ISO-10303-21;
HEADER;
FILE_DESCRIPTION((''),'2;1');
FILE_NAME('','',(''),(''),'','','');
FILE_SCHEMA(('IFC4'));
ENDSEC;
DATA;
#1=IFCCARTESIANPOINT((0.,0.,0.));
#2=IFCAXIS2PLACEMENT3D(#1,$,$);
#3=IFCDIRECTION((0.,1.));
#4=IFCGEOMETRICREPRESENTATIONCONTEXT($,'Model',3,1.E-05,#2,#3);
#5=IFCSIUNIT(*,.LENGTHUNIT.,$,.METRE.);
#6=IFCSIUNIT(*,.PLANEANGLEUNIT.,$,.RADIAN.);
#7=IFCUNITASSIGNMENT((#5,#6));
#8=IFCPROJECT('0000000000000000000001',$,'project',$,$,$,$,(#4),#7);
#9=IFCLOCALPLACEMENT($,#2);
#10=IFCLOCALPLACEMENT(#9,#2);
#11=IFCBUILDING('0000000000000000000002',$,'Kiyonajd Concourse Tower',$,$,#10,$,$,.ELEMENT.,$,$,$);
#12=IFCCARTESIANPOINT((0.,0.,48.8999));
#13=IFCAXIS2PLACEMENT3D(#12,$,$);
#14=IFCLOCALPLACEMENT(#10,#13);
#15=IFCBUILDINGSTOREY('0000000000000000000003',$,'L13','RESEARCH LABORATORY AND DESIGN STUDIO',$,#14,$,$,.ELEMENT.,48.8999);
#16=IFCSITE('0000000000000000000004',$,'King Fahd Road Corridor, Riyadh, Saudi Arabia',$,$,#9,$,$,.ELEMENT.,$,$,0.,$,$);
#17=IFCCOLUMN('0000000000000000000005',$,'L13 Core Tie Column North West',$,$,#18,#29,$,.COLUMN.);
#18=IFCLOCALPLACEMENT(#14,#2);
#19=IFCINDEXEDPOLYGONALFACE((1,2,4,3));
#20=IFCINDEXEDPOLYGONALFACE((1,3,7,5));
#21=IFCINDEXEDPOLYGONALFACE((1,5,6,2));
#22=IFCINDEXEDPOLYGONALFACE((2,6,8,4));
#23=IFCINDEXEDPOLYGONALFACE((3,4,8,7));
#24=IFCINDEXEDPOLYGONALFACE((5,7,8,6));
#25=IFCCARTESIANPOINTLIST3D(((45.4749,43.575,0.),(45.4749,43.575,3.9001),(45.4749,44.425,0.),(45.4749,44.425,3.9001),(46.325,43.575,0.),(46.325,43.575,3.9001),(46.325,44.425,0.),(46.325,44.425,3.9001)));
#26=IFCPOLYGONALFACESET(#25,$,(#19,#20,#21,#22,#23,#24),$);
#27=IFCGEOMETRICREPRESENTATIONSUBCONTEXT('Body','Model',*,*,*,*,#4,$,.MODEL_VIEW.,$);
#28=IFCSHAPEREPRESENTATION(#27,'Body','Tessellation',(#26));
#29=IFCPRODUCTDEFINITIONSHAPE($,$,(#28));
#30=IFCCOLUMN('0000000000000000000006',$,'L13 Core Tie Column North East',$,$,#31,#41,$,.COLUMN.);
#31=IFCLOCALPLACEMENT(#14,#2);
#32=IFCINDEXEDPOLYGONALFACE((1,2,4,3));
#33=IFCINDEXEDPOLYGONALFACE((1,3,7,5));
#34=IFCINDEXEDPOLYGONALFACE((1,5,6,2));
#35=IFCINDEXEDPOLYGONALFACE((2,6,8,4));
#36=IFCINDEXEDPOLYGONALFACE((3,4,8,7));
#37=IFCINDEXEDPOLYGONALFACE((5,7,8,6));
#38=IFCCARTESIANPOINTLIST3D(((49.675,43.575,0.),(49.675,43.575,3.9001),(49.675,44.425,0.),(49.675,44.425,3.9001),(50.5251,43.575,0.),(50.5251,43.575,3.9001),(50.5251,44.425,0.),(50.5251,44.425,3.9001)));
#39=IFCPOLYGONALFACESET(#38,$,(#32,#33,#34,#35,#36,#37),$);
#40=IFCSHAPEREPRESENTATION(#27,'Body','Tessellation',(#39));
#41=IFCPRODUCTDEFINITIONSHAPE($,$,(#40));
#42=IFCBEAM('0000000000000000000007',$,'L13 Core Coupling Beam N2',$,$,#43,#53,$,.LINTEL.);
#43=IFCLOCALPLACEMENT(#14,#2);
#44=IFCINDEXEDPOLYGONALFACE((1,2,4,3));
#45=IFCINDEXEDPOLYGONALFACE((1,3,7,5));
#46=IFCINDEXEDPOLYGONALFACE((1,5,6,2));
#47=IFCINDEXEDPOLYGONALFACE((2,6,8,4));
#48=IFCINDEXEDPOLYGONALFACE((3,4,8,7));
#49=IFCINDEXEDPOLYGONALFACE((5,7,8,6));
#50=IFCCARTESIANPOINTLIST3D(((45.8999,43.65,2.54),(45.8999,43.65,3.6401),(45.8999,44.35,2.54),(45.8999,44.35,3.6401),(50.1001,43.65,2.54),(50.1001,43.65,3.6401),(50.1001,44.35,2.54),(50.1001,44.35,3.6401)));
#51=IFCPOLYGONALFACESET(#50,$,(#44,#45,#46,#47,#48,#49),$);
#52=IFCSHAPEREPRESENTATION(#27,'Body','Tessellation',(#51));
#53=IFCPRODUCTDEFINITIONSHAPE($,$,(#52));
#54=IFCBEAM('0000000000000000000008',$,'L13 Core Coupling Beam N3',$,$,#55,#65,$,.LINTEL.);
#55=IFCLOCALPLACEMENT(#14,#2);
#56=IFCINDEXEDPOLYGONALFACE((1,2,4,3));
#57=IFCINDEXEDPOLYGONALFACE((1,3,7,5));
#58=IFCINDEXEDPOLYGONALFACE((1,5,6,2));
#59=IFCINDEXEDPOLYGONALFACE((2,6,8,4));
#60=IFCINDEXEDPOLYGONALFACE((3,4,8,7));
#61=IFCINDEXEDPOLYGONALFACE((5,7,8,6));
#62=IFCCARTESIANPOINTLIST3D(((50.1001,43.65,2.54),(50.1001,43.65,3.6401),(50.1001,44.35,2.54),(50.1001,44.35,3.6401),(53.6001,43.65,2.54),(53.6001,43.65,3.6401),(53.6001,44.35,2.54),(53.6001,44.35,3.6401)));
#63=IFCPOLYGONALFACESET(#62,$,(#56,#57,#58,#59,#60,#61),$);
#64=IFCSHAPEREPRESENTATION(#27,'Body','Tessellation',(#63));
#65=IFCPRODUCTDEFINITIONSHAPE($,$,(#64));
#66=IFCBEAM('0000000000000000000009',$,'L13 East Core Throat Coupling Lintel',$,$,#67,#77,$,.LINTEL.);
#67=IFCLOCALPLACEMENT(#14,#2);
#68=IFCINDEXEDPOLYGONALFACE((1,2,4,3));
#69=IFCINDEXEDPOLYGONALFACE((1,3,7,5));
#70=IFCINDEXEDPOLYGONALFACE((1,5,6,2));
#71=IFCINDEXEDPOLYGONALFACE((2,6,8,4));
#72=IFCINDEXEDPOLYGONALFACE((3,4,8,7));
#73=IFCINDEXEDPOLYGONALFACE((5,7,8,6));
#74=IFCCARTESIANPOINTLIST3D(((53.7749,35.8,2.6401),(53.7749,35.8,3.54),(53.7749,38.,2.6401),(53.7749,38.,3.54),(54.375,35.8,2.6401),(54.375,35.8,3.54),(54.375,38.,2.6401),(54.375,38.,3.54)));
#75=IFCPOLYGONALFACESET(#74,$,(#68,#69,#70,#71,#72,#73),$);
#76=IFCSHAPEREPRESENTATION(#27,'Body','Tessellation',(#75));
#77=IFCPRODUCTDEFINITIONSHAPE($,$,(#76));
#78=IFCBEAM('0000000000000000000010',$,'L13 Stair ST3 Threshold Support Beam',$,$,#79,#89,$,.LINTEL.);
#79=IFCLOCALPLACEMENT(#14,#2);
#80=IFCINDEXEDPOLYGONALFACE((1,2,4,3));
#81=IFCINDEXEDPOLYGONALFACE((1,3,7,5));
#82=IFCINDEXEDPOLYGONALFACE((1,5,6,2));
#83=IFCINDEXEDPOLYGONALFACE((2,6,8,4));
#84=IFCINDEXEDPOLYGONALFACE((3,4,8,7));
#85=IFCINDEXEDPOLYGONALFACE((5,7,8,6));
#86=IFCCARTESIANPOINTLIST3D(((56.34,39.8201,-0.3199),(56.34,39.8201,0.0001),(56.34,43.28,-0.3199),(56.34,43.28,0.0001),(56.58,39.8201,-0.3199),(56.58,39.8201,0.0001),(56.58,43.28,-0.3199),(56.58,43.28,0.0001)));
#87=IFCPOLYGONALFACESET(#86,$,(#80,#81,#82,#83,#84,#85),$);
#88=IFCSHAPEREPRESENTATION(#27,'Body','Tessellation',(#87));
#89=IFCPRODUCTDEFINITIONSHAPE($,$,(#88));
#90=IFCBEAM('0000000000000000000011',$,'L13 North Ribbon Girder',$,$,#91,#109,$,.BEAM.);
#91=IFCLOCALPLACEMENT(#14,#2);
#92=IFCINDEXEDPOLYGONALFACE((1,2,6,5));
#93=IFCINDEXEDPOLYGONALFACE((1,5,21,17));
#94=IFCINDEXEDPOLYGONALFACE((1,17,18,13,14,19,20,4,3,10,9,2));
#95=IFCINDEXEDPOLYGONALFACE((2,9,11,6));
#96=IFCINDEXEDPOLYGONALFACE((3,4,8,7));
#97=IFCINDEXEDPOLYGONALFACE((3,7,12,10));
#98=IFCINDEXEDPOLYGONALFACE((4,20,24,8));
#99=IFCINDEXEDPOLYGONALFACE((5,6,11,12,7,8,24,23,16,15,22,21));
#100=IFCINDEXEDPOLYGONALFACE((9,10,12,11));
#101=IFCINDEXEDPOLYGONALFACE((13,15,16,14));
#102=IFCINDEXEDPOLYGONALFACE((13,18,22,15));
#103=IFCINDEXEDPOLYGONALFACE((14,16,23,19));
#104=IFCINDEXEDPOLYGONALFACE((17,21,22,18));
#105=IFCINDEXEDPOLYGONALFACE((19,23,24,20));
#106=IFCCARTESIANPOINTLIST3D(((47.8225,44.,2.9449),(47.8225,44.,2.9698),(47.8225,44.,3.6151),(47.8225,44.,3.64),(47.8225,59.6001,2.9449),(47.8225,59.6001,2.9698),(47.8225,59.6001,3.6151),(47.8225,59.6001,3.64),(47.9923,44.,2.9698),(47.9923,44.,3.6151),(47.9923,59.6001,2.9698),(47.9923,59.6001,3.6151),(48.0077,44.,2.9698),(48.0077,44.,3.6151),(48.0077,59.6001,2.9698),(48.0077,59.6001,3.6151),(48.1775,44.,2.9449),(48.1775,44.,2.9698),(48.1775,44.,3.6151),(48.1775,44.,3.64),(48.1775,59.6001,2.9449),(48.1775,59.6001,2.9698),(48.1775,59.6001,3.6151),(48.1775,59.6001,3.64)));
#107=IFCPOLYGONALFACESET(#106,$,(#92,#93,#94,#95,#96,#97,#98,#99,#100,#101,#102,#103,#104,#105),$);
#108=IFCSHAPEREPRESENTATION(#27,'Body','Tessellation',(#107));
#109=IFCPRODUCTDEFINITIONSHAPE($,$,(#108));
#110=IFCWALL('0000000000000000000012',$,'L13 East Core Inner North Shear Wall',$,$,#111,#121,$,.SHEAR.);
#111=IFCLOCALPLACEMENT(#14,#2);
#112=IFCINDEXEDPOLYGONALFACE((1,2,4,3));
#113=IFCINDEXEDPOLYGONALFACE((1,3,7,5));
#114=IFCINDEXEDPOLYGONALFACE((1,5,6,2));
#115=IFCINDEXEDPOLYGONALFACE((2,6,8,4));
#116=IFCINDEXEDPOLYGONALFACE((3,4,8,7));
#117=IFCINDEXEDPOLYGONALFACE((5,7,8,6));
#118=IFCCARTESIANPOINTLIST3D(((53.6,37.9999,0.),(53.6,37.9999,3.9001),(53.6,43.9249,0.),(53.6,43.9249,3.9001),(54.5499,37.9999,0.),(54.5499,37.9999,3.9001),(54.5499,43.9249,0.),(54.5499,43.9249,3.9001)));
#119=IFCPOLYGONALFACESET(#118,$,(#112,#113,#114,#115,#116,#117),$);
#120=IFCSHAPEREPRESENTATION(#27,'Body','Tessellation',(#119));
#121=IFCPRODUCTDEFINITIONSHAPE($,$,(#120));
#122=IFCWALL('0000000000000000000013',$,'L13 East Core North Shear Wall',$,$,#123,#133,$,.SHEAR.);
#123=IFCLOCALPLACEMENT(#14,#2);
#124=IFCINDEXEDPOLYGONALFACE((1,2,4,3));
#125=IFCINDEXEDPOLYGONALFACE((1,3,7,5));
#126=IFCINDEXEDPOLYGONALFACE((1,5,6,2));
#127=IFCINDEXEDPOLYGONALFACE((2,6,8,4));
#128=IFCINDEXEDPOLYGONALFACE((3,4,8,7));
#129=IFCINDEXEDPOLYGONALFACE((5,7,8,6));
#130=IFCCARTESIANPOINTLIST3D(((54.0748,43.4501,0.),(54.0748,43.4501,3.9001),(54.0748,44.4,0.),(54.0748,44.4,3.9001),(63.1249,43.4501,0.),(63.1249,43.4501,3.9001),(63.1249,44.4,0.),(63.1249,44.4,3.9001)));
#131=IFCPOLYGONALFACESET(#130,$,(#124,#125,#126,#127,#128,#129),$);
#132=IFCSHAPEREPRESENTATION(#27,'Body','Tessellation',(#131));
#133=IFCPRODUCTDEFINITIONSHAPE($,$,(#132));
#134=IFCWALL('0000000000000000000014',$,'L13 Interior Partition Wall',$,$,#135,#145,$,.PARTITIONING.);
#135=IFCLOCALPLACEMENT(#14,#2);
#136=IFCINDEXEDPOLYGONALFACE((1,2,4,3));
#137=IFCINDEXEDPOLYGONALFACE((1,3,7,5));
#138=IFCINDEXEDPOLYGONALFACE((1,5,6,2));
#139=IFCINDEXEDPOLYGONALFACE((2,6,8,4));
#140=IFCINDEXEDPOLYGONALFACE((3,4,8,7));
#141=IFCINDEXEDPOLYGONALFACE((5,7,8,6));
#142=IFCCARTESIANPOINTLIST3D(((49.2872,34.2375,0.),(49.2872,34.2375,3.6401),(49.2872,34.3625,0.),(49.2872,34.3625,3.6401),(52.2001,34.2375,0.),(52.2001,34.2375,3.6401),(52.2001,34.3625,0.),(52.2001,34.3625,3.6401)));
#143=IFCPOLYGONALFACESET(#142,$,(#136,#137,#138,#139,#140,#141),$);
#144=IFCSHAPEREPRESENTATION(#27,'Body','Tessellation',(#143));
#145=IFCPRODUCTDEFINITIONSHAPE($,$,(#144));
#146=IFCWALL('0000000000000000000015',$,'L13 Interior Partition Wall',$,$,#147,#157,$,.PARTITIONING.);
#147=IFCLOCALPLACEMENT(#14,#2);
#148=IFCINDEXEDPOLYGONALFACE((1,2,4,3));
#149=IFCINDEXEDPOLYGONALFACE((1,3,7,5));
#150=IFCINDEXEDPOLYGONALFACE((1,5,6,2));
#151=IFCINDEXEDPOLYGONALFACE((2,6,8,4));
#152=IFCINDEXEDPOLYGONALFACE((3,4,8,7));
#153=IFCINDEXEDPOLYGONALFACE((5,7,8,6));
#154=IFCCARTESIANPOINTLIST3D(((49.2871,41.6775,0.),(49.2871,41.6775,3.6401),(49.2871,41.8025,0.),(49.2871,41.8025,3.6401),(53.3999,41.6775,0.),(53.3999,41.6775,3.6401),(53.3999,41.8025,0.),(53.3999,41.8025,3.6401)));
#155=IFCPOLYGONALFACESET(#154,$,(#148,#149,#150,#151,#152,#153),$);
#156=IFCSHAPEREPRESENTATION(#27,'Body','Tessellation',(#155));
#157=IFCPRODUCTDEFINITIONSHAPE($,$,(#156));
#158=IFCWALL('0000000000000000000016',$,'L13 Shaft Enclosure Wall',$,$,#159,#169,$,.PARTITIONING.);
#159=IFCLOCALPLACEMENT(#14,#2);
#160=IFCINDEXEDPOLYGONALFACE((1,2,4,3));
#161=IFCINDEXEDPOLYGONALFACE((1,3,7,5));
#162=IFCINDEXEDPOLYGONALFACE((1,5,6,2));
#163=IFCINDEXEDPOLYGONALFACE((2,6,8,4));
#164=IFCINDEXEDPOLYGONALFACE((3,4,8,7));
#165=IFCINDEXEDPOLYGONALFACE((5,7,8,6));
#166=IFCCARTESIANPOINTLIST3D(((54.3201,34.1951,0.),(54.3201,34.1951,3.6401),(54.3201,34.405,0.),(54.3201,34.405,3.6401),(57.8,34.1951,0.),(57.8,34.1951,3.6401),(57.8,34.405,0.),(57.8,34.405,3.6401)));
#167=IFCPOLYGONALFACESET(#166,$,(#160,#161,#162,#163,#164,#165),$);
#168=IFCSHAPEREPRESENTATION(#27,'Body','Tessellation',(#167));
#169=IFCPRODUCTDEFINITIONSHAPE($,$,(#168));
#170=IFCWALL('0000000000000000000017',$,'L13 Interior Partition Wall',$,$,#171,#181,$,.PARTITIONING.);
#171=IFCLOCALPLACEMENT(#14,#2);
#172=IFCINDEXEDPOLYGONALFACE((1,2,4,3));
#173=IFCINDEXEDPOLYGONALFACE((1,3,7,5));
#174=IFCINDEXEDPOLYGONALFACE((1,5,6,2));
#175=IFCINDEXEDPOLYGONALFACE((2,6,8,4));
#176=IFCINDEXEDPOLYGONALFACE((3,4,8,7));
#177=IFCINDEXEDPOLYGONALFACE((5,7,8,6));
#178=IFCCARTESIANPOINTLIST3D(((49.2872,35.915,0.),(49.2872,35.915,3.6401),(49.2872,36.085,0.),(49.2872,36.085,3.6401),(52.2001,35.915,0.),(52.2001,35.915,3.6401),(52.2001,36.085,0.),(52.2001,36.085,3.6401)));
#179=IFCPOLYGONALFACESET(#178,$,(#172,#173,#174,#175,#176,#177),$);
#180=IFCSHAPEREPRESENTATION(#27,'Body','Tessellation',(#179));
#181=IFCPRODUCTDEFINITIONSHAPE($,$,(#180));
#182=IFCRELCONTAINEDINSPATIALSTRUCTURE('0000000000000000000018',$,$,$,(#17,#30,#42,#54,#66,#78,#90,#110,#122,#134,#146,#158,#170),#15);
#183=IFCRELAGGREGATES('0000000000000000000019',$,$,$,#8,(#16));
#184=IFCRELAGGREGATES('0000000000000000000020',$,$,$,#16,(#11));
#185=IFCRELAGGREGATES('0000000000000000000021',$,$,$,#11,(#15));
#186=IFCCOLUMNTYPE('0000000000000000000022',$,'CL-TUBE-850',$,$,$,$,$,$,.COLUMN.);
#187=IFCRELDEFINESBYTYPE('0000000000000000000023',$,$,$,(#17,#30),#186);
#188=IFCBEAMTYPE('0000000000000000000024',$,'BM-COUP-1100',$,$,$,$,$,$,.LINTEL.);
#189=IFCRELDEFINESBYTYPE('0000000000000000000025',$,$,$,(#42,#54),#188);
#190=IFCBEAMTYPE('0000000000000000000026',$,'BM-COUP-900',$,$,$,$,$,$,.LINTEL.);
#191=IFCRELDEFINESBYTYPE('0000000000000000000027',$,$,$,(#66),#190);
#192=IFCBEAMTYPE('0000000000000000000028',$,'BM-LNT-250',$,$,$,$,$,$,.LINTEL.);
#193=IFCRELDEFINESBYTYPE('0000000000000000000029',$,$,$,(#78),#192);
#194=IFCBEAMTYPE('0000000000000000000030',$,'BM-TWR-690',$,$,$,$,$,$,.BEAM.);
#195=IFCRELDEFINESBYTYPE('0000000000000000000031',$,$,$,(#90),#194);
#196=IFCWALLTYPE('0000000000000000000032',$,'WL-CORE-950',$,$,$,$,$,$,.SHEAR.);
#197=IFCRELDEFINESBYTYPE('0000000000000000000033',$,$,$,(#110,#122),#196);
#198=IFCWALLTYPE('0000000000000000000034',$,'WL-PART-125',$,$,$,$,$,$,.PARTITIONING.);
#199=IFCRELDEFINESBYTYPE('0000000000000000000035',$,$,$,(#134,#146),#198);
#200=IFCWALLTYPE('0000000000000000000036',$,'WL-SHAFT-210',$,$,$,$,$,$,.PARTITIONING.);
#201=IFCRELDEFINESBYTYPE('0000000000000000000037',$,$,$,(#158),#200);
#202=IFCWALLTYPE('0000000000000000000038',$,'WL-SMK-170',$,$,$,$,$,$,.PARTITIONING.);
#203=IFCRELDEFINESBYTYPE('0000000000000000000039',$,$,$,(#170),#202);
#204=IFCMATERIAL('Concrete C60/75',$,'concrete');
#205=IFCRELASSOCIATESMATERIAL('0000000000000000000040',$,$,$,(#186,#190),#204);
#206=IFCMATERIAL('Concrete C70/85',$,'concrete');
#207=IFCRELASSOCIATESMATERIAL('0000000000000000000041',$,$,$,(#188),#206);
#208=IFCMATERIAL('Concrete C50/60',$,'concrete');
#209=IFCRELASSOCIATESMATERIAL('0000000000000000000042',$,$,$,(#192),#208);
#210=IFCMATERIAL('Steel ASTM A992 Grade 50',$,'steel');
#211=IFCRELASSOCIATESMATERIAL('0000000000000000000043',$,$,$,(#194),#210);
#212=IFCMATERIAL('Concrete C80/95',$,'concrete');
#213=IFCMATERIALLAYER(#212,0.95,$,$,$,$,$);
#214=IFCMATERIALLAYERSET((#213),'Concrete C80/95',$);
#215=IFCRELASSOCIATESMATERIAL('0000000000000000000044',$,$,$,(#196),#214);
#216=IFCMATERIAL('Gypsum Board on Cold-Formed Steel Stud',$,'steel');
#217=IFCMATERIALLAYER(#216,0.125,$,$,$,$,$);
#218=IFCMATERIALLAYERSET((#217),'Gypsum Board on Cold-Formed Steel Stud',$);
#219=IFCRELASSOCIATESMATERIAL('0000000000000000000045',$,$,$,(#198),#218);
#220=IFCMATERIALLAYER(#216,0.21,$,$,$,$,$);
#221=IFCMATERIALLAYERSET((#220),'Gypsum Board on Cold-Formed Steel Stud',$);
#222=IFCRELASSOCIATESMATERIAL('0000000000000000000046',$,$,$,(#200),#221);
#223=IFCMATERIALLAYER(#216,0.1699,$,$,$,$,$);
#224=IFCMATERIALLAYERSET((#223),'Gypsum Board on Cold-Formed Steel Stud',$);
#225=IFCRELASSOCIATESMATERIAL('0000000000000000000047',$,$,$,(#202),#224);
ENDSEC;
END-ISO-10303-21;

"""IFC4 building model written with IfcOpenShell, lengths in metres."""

from ifc_helpers import new_model, si_unit, direction, frame, frame_2d, origin, origin_2d, place, context, subcontext, project, spatial, rectangle, i_section, extrude, material, layer, layer_set, material_profile, profile_set, type_object, element, save


model = new_model("IFC4")

# Units and contexts
model_context = context("Model", 3, precision=1e-05, world=origin(), true_north=direction((0.0, 1.0)))
body_context = subcontext(model_context, "Body", "Model", "MODEL_VIEW")
ifc_project = project(units=[si_unit("LENGTHUNIT", "METRE"), si_unit("PLANEANGLEUNIT", "RADIAN")], contexts=[model_context])

# Site, building, storey
site_placement = place(None, origin())
site = spatial("IfcSite", under=ifc_project, at=site_placement, Name="King Fahd Road Corridor, Riyadh, Saudi Arabia", CompositionType="ELEMENT", RefElevation=0.0)
building_placement = place(site_placement, origin())
building = spatial("IfcBuilding", under=site, at=building_placement, Name="Kiyonajd Concourse Tower", CompositionType="ELEMENT")
storey_placement = place(building_placement, frame((0.0, 0.0, 48.8999)))
storey = spatial("IfcBuildingStorey", under=building, at=storey_placement, Name="L13", Description="RESEARCH LABORATORY AND DESIGN STUDIO", CompositionType="ELEMENT", Elevation=48.8999)

# Columns
ifc_material_1 = material(Name="Concrete C60/75", Category="concrete")
ifc_material_profile_1 = material_profile(ifc_material_1, rectangle(XDim=0.8501, YDim=0.8501, at=origin_2d()), Name="RC-850x850")
ifc_profile_set_1 = profile_set([ifc_material_profile_1], Name="Concrete C60/75")
column_type = type_object("IfcColumnType", Name="CL-TUBE-850", PredefinedType="COLUMN", material=ifc_profile_set_1)
for number, where, z_axis, x_axis, name in (
    (1, (45.8999, 44.0, 0.0), (0.0, 0.0, 1.0), (1.0, 0.0, 0.0), "L13 Core Tie Column North West"),
    (2, (50.1001, 44.0, 0.0), (0.0, 0.0, 1.0), (1.0, 0.0, 0.0), "L13 Core Tie Column North East"),
):
    element("IfcColumn", number, at=place(storey_placement, frame(where, z_axis=z_axis, x_axis=x_axis)), inside=storey, type_object=column_type, Name=name, PredefinedType="COLUMN", context=body_context, shape_type="SweptSolid", body=[
        extrude(rectangle(XDim=0.8501, YDim=0.8501, at=origin_2d()), origin(), (0.0, 0.0, 1.0), 3.9001),
    ])

# Beams
ifc_material_2 = material(Name="Concrete C70/85", Category="concrete")
ifc_material_profile_2 = material_profile(ifc_material_2, rectangle(XDim=0.7, YDim=1.1001, at=origin_2d()), Name="RCBM-700x1100")
ifc_profile_set_2 = profile_set([ifc_material_profile_2], Name="Concrete C70/85")
beam_type_1 = type_object("IfcBeamType", Name="BM-COUP-1100", PredefinedType="LINTEL", material=ifc_profile_set_2)
beam_1_placement = place(storey_placement, frame((45.8999, 44.0, 3.0901), z_axis=(1.0, 0.0, 0.0), x_axis=(0.0, 1.0, 0.0)))
element("IfcBeam", 3, at=beam_1_placement, inside=storey, type_object=beam_type_1, Name="L13 Core Coupling Beam N2", PredefinedType="LINTEL", context=body_context, shape_type="SweptSolid", body=[
    extrude(rectangle(XDim=0.7, YDim=1.1001, at=origin_2d()), origin(), (0.0, 0.0, 1.0), 4.2002),
])
beam_2_placement = place(storey_placement, frame((50.1001, 44.0, 3.0901), z_axis=(1.0, 0.0, 0.0), x_axis=(0.0, 1.0, 0.0)))
element("IfcBeam", 4, at=beam_2_placement, inside=storey, type_object=beam_type_1, Name="L13 Core Coupling Beam N3", PredefinedType="LINTEL", context=body_context, shape_type="SweptSolid", body=[
    extrude(rectangle(XDim=0.7, YDim=1.1001, at=origin_2d()), origin(), (0.0, 0.0, 1.0), 3.5),
])
ifc_material_profile_3 = material_profile(ifc_material_1, rectangle(XDim=0.6001, YDim=0.8999, at=origin_2d()), Name="RCBM-600x900")
ifc_profile_set_3 = profile_set([ifc_material_profile_3], Name="Concrete C60/75")
beam_type_2 = type_object("IfcBeamType", Name="BM-COUP-900", PredefinedType="LINTEL", material=ifc_profile_set_3)
beam_3_placement = place(storey_placement, frame((54.075, 35.8, 3.0901), z_axis=(0.0, 1.0, 0.0), x_axis=(-1.0, 0.0, 0.0)))
element("IfcBeam", 5, at=beam_3_placement, inside=storey, type_object=beam_type_2, Name="L13 East Core Throat Coupling Lintel", PredefinedType="LINTEL", context=body_context, shape_type="SweptSolid", body=[
    extrude(rectangle(XDim=0.6001, YDim=0.8999, at=origin_2d()), origin(), (0.0, 0.0, 1.0), 2.2),
])
ifc_material_3 = material(Name="Concrete C50/60", Category="concrete")
ifc_material_profile_4 = material_profile(ifc_material_3, rectangle(XDim=0.24, YDim=0.3201, at=origin_2d()), Name="RCBM-240x320")
ifc_profile_set_4 = profile_set([ifc_material_profile_4], Name="Concrete C50/60")
beam_type_3 = type_object("IfcBeamType", Name="BM-LNT-250", PredefinedType="LINTEL", material=ifc_profile_set_4)
beam_4_placement = place(storey_placement, frame((56.46, 39.8201, -0.1599), z_axis=(0.0, 1.0, 0.0), x_axis=(-1.0, 0.0, 0.0)))
element("IfcBeam", 6, at=beam_4_placement, inside=storey, type_object=beam_type_3, Name="L13 Stair ST3 Threshold Support Beam", PredefinedType="LINTEL", context=body_context, shape_type="SweptSolid", body=[
    extrude(rectangle(XDim=0.24, YDim=0.3201, at=origin_2d()), origin(), (0.0, 0.0, 1.0), 3.46),
])
ifc_material_4 = material(Name="Steel ASTM A992 Grade 50", Category="steel")
ifc_material_profile_5 = material_profile(ifc_material_4, i_section(OverallWidth=0.355, OverallDepth=0.6951, WebThickness=0.0154, FlangeThickness=0.0249, at=origin_2d()), Name="W690X217")
ifc_profile_set_5 = profile_set([ifc_material_profile_5], Name="Steel ASTM A992 Grade 50")
beam_type_4 = type_object("IfcBeamType", Name="BM-TWR-690", PredefinedType="BEAM", material=ifc_profile_set_5)
beam_5_placement = place(storey_placement, frame((48.0, 44.0, 3.2925), z_axis=(0.0, 1.0, 0.0), x_axis=(-1.0, 0.0, 0.0)))
element("IfcBeam", 7, at=beam_5_placement, inside=storey, type_object=beam_type_4, Name="L13 North Ribbon Girder", PredefinedType="BEAM", context=body_context, shape_type="SweptSolid", body=[
    extrude(i_section(OverallWidth=0.355, OverallDepth=0.6951, WebThickness=0.0154, FlangeThickness=0.0249, at=origin_2d()), origin(), (0.0, 0.0, 1.0), 15.6001),
])

# Walls
ifc_material_5 = material(Name="Concrete C80/95", Category="concrete")
ifc_layer_1 = layer(ifc_material_5, 0.95)
ifc_layer_set_1 = layer_set([ifc_layer_1], Name="Concrete C80/95")
wall_type_1 = type_object("IfcWallType", Name="WL-CORE-950", PredefinedType="SHEAR", material=ifc_layer_set_1)
wall_1_placement = place(storey_placement, frame((54.075, 38.0, 0.0), z_axis=(0.0, 0.0, 1.0), x_axis=(0.0, 1.0, 0.0)))
element("IfcWall", 8, at=wall_1_placement, inside=storey, type_object=wall_type_1, Name="L13 East Core Inner North Shear Wall", PredefinedType="SHEAR", context=body_context, shape_type="SweptSolid", body=[
    extrude(rectangle(XDim=5.925, YDim=0.95, at=frame_2d((2.9624, 0.0))), origin(), (0.0, 0.0, 1.0), 3.9001),
])
wall_2_placement = place(storey_placement, frame((54.075, 43.925, 0.0), z_axis=(0.0, 0.0, 1.0), x_axis=(1.0, 0.0, 0.0)))
element("IfcWall", 9, at=wall_2_placement, inside=storey, type_object=wall_type_1, Name="L13 East Core North Shear Wall", PredefinedType="SHEAR", context=body_context, shape_type="SweptSolid", body=[
    extrude(rectangle(XDim=9.05, YDim=0.95, at=frame_2d((4.5249, 0.0))), origin(), (0.0, 0.0, 1.0), 3.9001),
])
ifc_material_6 = material(Name="Gypsum Board on Cold-Formed Steel Stud", Category="steel")
ifc_layer_2 = layer(ifc_material_6, 0.125)
ifc_layer_set_2 = layer_set([ifc_layer_2], Name="Gypsum Board on Cold-Formed Steel Stud")
wall_type_2 = type_object("IfcWallType", Name="WL-PART-125", PredefinedType="PARTITIONING", material=ifc_layer_set_2)
wall_3_placement = place(storey_placement, frame((49.2871, 34.3, 0.0), z_axis=(0.0, 0.0, 1.0), x_axis=(1.0, 0.0, 0.0)))
element("IfcWall", 10, at=wall_3_placement, inside=storey, type_object=wall_type_2, Name="L13 Interior Partition Wall", PredefinedType="PARTITIONING", context=body_context, shape_type="SweptSolid", body=[
    extrude(rectangle(XDim=2.9128, YDim=0.125, at=frame_2d((1.4565, 0.0))), origin(), (0.0, 0.0, 1.0), 3.6401),
])
wall_4_placement = place(storey_placement, frame((49.2871, 41.74, 0.0), z_axis=(0.0, 0.0, 1.0), x_axis=(1.0, 0.0, 0.0)))
element("IfcWall", 11, at=wall_4_placement, inside=storey, type_object=wall_type_2, Name="L13 Interior Partition Wall", PredefinedType="PARTITIONING", context=body_context, shape_type="SweptSolid", body=[
    extrude(rectangle(XDim=4.1128, YDim=0.125, at=frame_2d((2.0564, 0.0))), origin(), (0.0, 0.0, 1.0), 3.6401),
])
ifc_layer_3 = layer(ifc_material_6, 0.21)
ifc_layer_set_3 = layer_set([ifc_layer_3], Name="Gypsum Board on Cold-Formed Steel Stud")
wall_type_3 = type_object("IfcWallType", Name="WL-SHAFT-210", PredefinedType="PARTITIONING", material=ifc_layer_set_3)
wall_5_placement = place(storey_placement, frame((54.3201, 34.3, 0.0), z_axis=(0.0, 0.0, 1.0), x_axis=(1.0, 0.0, 0.0)))
element("IfcWall", 12, at=wall_5_placement, inside=storey, type_object=wall_type_3, Name="L13 Shaft Enclosure Wall", PredefinedType="PARTITIONING", context=body_context, shape_type="SweptSolid", body=[
    extrude(rectangle(XDim=3.48, YDim=0.21, at=frame_2d((1.74, 0.0))), origin(), (0.0, 0.0, 1.0), 3.6401),
])
ifc_layer_4 = layer(ifc_material_6, 0.1699)
ifc_layer_set_4 = layer_set([ifc_layer_4], Name="Gypsum Board on Cold-Formed Steel Stud")
wall_type_4 = type_object("IfcWallType", Name="WL-SMK-170", PredefinedType="PARTITIONING", material=ifc_layer_set_4)
wall_6_placement = place(storey_placement, frame((49.2871, 36.0, 0.0), z_axis=(0.0, 0.0, 1.0), x_axis=(1.0, 0.0, 0.0)))
element("IfcWall", 13, at=wall_6_placement, inside=storey, type_object=wall_type_4, Name="L13 Interior Partition Wall", PredefinedType="PARTITIONING", context=body_context, shape_type="SweptSolid", body=[
    extrude(rectangle(XDim=2.9128, YDim=0.1699, at=frame_2d((1.4565, 0.0))), origin(), (0.0, 0.0, 1.0), 3.6401),
])

save(model, "model.ifc")
